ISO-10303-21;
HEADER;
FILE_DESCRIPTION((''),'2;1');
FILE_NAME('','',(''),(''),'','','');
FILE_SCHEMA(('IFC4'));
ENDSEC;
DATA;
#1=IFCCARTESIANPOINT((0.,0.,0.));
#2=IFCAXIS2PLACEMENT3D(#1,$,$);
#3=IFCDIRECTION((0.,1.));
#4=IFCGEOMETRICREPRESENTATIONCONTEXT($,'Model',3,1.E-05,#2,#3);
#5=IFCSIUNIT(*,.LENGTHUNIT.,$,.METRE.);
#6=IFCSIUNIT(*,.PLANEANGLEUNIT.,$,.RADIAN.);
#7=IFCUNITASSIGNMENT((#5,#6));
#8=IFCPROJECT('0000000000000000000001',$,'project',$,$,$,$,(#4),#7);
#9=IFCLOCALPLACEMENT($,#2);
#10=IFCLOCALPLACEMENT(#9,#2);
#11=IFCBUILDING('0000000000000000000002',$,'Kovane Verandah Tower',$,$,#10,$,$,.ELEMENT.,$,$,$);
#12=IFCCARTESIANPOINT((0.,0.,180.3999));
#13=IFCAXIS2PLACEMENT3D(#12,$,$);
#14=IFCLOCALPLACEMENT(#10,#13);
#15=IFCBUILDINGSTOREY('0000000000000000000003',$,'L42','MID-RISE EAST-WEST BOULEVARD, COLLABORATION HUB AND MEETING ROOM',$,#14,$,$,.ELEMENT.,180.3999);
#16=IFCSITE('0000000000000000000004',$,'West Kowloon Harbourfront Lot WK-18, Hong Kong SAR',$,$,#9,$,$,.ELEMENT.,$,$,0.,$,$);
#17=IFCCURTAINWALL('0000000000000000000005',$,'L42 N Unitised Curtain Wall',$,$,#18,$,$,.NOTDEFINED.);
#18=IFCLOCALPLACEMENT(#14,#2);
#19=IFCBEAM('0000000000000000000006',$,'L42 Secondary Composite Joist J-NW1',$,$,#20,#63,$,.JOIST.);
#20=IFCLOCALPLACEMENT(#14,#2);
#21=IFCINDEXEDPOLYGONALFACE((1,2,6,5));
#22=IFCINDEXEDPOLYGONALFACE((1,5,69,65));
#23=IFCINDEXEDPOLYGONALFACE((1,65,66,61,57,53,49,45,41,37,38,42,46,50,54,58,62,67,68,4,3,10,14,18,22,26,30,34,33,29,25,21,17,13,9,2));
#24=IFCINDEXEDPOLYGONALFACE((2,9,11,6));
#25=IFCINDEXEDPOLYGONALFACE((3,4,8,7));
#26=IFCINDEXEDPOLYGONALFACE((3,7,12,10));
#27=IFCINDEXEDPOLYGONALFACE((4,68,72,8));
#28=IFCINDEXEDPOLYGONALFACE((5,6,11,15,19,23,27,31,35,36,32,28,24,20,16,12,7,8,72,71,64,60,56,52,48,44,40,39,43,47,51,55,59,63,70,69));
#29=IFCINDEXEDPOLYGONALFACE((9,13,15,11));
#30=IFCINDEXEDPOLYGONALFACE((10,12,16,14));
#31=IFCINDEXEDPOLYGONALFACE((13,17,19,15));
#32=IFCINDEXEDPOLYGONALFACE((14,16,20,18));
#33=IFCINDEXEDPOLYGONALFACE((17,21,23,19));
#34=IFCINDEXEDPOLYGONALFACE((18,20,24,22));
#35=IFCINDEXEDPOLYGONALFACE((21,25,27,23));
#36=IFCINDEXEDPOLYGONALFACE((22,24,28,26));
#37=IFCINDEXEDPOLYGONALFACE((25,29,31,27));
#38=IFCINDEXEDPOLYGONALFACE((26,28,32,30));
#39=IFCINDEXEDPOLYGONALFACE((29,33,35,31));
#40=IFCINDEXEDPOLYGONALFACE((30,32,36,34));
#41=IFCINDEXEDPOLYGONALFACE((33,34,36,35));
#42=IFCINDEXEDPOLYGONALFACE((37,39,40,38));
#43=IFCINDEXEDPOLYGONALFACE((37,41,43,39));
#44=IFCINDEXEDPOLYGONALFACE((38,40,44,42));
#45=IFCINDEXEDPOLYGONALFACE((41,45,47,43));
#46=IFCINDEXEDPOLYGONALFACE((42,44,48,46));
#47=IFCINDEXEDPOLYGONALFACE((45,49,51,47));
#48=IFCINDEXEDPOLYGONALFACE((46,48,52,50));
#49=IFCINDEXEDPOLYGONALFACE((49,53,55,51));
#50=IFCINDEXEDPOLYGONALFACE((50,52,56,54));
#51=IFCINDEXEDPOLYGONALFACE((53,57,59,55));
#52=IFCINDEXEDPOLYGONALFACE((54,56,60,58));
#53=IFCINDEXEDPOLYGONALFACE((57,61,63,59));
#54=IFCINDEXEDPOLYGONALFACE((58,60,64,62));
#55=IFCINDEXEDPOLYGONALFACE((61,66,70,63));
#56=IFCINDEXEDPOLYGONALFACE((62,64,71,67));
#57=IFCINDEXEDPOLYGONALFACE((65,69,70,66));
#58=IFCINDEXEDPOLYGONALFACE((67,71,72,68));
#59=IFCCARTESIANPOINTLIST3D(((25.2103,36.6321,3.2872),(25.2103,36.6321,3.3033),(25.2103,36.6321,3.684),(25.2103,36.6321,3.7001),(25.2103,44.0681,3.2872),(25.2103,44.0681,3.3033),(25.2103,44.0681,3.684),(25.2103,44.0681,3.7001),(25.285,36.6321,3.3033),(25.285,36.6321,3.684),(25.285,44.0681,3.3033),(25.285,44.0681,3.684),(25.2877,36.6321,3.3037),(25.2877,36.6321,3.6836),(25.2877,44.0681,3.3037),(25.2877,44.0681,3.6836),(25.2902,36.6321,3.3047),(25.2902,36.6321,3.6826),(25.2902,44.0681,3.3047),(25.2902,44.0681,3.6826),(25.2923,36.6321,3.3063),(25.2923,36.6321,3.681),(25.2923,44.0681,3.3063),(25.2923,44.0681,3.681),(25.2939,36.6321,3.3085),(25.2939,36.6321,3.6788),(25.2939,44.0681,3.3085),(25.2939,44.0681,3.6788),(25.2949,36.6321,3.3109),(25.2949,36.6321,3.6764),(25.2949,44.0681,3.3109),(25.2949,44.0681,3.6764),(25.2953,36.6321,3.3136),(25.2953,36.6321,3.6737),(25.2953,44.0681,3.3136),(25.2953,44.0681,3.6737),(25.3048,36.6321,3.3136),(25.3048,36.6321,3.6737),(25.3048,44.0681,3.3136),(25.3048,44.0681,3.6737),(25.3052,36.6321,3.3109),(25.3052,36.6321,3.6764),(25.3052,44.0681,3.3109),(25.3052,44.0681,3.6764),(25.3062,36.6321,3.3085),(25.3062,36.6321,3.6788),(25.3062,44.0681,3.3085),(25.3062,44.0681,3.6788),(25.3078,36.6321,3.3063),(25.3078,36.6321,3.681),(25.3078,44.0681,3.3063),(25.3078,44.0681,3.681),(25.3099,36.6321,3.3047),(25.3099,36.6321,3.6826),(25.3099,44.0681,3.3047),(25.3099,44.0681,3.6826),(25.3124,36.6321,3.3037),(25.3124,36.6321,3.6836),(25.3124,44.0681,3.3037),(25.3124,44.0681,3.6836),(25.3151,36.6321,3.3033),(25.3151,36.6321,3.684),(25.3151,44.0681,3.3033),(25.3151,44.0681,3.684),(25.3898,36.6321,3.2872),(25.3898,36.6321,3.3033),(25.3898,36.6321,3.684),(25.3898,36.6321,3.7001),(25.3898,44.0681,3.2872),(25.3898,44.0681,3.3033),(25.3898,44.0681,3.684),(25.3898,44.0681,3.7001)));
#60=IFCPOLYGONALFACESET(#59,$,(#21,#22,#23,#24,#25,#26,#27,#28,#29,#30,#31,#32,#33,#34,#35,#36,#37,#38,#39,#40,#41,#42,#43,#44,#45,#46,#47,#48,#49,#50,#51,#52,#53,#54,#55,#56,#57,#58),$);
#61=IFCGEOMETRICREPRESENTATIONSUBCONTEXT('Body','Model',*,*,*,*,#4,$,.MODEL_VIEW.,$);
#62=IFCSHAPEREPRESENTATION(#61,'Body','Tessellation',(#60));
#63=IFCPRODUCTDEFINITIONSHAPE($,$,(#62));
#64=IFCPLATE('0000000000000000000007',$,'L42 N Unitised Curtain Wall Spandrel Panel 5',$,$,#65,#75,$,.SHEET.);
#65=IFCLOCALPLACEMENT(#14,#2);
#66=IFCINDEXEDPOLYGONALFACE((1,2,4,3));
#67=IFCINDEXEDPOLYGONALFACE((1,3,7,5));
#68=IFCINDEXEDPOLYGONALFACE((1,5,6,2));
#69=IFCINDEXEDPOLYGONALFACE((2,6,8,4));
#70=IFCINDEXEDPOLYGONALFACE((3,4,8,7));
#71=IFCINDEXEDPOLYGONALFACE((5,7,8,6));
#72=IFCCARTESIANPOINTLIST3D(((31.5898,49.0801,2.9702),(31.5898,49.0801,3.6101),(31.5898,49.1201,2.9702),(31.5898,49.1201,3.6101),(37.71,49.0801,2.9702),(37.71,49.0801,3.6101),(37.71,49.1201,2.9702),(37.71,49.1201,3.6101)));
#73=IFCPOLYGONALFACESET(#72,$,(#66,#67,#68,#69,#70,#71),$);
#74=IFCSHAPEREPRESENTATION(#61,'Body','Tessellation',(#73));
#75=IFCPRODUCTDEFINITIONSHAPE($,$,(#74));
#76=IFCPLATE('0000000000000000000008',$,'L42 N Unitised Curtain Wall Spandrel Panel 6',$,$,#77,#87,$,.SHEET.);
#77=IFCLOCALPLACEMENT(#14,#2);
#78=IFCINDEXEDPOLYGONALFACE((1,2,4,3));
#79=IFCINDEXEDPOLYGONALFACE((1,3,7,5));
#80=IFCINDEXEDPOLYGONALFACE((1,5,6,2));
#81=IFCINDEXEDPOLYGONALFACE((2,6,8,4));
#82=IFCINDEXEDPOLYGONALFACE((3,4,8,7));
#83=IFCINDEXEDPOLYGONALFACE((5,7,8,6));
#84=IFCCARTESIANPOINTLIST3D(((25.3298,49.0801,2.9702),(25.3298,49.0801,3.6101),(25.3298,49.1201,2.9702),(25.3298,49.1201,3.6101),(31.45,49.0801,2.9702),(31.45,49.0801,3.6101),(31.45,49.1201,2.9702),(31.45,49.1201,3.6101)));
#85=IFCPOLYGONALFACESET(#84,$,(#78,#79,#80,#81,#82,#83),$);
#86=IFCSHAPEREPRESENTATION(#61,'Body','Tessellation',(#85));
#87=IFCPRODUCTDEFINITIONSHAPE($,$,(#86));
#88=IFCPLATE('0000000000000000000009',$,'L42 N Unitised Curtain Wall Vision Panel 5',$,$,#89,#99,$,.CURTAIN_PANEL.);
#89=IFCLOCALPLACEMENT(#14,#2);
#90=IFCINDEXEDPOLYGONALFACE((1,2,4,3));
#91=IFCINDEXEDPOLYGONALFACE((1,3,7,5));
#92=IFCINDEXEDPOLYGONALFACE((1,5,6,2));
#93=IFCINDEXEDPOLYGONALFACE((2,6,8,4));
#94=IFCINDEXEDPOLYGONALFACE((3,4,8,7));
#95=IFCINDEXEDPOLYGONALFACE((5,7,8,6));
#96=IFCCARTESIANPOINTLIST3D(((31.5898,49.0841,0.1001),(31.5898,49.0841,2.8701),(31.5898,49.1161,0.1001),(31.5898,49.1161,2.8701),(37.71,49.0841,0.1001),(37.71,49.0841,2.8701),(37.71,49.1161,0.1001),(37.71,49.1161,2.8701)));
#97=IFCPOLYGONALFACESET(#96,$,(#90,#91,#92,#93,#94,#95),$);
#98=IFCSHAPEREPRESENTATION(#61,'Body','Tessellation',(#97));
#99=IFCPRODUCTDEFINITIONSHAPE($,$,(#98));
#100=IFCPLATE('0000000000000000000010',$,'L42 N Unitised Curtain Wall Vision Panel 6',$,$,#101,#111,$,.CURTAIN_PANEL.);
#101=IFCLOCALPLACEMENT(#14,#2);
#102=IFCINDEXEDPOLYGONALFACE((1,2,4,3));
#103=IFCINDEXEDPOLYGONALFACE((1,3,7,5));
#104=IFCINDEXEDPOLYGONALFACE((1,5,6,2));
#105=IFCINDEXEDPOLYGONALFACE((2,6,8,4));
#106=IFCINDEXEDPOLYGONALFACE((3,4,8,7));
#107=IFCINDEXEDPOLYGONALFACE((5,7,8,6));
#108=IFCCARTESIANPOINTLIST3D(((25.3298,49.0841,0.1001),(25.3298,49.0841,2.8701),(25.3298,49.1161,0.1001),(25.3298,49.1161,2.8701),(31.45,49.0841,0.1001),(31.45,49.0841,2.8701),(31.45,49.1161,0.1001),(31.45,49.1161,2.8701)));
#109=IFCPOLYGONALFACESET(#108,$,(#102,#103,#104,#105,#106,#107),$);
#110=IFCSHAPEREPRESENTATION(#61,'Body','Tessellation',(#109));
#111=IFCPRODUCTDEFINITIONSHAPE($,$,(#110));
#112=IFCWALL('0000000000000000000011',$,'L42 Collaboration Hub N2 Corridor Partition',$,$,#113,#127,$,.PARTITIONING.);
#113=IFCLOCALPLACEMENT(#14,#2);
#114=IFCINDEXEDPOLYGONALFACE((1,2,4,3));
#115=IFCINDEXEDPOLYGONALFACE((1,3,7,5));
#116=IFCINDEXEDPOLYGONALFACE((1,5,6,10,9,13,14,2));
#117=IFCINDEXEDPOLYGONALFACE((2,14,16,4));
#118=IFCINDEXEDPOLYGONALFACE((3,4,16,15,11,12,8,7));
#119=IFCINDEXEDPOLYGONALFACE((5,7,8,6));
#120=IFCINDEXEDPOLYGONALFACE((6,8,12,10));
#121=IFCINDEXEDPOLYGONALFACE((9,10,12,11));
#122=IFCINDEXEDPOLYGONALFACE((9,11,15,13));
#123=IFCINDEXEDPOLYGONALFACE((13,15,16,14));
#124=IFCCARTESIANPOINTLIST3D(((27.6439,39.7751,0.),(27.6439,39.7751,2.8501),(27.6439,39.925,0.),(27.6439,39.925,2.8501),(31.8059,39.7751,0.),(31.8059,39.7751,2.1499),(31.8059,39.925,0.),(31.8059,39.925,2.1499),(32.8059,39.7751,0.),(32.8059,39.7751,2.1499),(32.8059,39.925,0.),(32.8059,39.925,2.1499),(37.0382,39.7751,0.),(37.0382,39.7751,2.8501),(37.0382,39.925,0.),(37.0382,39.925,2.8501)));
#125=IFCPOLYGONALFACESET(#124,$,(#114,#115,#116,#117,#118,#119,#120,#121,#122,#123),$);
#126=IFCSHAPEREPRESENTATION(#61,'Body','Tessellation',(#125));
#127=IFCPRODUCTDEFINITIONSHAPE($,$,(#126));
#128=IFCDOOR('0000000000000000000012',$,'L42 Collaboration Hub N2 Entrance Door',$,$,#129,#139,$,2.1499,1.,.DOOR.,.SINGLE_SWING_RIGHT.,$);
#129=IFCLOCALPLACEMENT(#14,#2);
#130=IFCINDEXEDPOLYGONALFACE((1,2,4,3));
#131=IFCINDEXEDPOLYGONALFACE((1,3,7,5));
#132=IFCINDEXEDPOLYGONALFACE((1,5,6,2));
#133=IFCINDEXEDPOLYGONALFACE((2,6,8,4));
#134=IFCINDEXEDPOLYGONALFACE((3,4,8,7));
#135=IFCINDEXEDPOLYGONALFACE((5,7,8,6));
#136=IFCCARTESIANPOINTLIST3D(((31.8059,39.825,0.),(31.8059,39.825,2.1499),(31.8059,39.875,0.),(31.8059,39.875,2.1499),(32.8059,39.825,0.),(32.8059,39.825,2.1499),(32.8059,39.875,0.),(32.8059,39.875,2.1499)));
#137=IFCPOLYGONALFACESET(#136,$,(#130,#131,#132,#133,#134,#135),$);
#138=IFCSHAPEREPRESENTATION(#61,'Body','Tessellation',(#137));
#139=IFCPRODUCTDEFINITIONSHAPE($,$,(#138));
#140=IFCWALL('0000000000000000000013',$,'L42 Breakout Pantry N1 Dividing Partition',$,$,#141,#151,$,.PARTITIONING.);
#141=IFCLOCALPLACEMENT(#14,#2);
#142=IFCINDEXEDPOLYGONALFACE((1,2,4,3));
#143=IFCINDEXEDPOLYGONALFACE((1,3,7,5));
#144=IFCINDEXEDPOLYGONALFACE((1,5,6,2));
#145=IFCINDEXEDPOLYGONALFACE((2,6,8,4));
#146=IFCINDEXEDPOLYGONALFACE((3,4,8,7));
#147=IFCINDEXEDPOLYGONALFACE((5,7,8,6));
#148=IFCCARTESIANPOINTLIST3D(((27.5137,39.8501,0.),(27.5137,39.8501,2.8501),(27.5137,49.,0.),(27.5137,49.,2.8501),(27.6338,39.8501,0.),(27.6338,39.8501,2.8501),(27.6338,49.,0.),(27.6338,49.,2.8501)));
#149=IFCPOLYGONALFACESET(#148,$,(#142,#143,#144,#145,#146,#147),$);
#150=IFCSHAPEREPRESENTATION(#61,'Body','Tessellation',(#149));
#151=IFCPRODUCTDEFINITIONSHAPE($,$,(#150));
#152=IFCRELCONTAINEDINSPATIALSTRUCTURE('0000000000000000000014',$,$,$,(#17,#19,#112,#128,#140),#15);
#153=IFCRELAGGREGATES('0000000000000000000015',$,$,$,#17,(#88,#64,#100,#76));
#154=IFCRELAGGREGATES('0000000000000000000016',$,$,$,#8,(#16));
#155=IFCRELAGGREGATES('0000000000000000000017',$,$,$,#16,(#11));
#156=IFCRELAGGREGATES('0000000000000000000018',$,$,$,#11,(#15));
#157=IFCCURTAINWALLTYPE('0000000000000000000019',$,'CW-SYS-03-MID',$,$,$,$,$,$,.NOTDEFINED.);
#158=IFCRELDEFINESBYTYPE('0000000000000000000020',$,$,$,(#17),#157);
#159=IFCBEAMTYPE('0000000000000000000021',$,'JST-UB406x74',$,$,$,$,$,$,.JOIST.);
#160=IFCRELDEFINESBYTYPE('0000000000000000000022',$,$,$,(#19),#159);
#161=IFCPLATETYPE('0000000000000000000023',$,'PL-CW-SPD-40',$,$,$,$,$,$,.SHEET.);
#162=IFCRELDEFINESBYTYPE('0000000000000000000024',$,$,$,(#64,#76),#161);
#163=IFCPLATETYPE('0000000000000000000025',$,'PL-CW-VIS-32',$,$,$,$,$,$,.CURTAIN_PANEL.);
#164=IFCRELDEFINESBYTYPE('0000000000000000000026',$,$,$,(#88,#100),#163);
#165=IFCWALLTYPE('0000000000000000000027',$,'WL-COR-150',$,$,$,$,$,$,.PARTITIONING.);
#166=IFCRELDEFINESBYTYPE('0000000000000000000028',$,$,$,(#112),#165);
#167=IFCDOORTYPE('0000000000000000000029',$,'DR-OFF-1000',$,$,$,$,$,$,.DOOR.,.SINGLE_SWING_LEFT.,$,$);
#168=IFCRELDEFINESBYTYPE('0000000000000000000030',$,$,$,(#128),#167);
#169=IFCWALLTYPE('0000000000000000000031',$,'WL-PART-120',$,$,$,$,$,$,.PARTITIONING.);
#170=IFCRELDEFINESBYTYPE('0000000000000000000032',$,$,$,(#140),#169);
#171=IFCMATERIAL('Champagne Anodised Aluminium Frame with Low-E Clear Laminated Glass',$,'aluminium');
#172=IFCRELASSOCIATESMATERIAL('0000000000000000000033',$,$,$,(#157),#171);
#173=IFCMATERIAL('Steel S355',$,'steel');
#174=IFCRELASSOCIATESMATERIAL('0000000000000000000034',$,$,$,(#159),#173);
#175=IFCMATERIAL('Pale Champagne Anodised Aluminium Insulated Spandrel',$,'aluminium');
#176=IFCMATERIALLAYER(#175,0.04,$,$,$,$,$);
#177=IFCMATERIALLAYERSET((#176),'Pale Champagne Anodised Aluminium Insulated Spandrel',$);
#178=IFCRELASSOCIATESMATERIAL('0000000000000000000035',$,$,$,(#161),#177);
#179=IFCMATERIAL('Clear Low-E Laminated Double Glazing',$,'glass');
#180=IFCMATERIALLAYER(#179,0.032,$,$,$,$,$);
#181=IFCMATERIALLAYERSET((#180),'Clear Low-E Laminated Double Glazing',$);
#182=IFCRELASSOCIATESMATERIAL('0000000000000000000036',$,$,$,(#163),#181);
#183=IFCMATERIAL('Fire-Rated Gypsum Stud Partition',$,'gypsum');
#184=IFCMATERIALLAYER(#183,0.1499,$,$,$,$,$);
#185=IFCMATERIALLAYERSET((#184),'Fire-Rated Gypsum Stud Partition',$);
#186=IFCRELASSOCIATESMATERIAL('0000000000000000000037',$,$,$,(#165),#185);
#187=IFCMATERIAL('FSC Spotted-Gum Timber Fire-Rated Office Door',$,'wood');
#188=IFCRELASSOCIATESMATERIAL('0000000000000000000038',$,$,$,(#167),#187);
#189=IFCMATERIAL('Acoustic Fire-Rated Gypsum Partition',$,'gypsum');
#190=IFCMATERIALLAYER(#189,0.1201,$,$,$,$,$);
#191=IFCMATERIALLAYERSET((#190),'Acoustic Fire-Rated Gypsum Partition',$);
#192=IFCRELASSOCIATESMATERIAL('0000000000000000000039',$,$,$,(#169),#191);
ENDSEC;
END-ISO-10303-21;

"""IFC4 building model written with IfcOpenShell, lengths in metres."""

from ifc_helpers import new_model, si_unit, direction, frame, frame_2d, origin, origin_2d, place, context, subcontext, project, spatial, rectangle, i_section, extrude, material, layer, layer_set, material_profile, profile_set, type_object, element, fill, aggregate, save


model = new_model("IFC4")

# Units and contexts
model_context = context("Model", 3, precision=1e-05, world=origin(), true_north=direction((0.0, 1.0)))
body_context = subcontext(model_context, "Body", "Model", "MODEL_VIEW")
ifc_project = project(units=[si_unit("LENGTHUNIT", "METRE"), si_unit("PLANEANGLEUNIT", "RADIAN")], contexts=[model_context])

# Site, building, storey
site_placement = place(None, origin())
site = spatial("IfcSite", under=ifc_project, at=site_placement, Name="West Kowloon Harbourfront Lot WK-18, Hong Kong SAR", CompositionType="ELEMENT", RefElevation=0.0)
building_placement = place(site_placement, origin())
building = spatial("IfcBuilding", under=site, at=building_placement, Name="Kovane Verandah Tower", CompositionType="ELEMENT")
storey_placement = place(building_placement, frame((0.0, 0.0, 180.3999)))
storey = spatial("IfcBuildingStorey", under=building, at=storey_placement, Name="L42", Description="MID-RISE EAST-WEST BOULEVARD, COLLABORATION HUB AND MEETING ROOM", CompositionType="ELEMENT", Elevation=180.3999)

# Shared definitions
ifc_material_1 = material(Name="Steel S355", Category="steel")

# Curtain wall
ifc_material_2 = material(Name="Champagne Anodised Aluminium Frame with Low-E Clear Laminated Glass", Category="aluminium")
curtain_wall_type = type_object("IfcCurtainWallType", Name="CW-SYS-03-MID", PredefinedType="NOTDEFINED", material=ifc_material_2)
curtain_wall_placement = place(storey_placement, origin())
curtain_wall = element("IfcCurtainWall", 1, at=curtain_wall_placement, inside=storey, type_object=curtain_wall_type, Name="L42 N Unitised Curtain Wall", PredefinedType="NOTDEFINED")

# Beam
ifc_material_profile_1 = material_profile(ifc_material_1, i_section(OverallWidth=0.1794, OverallDepth=0.4128, WebThickness=0.0095, FlangeThickness=0.0161, FilletRadius=0.0103, at=origin_2d()), Name="UB406x178x74")
ifc_profile_set_1 = profile_set([ifc_material_profile_1], Name="Steel S355")
beam_type_1 = type_object("IfcBeamType", Name="JST-UB406x74", PredefinedType="JOIST", material=ifc_profile_set_1)
beam_1_placement = place(storey_placement, frame((25.3, 36.6321, 3.4937), z_axis=(0.0, 1.0, 0.0), x_axis=(-1.0, 0.0, 0.0)))
element("IfcBeam", 2, at=beam_1_placement, inside=storey, type_object=beam_type_1, Name="L42 Secondary Composite Joist J-NW1", PredefinedType="JOIST", context=body_context, shape_type="SweptSolid", body=[
    extrude(i_section(OverallWidth=0.1794, OverallDepth=0.4128, WebThickness=0.0095, FlangeThickness=0.0161, FilletRadius=0.0103, at=origin_2d()), origin(), (0.0, 0.0, 1.0), 7.436),
])

# Plates
ifc_material_3 = material(Name="Pale Champagne Anodised Aluminium Insulated Spandrel", Category="aluminium")
ifc_layer_1 = layer(ifc_material_3, 0.04)
ifc_layer_set_1 = layer_set([ifc_layer_1], Name="Pale Champagne Anodised Aluminium Insulated Spandrel")
plate_type_1 = type_object("IfcPlateType", Name="PL-CW-SPD-40", PredefinedType="SHEET", material=ifc_layer_set_1)
plate_1_placement = place(storey_placement, frame((34.6499, 49.1001, 2.9702), z_axis=(0.0, 0.0, 1.0), x_axis=(-1.0, 0.0, 0.0)))
plate_1 = element("IfcPlate", 3, at=plate_1_placement, type_object=plate_type_1, Name="L42 N Unitised Curtain Wall Spandrel Panel 5", PredefinedType="SHEET", context=body_context, shape_type="SweptSolid", body=[
    extrude(rectangle(XDim=6.1201, YDim=0.04, at=origin_2d()), origin(), (0.0, 0.0, 1.0), 0.6399),
])
plate_2_placement = place(storey_placement, frame((28.3899, 49.1001, 2.9702), z_axis=(0.0, 0.0, 1.0), x_axis=(-1.0, 0.0, 0.0)))
plate_2 = element("IfcPlate", 4, at=plate_2_placement, type_object=plate_type_1, Name="L42 N Unitised Curtain Wall Spandrel Panel 6", PredefinedType="SHEET", context=body_context, shape_type="SweptSolid", body=[
    extrude(rectangle(XDim=6.1201, YDim=0.04, at=origin_2d()), origin(), (0.0, 0.0, 1.0), 0.6399),
])
ifc_material_4 = material(Name="Clear Low-E Laminated Double Glazing", Category="glass")
ifc_layer_2 = layer(ifc_material_4, 0.032)
ifc_layer_set_2 = layer_set([ifc_layer_2], Name="Clear Low-E Laminated Double Glazing")
plate_type_2 = type_object("IfcPlateType", Name="PL-CW-VIS-32", PredefinedType="CURTAIN_PANEL", material=ifc_layer_set_2)
plate_3_placement = place(storey_placement, frame((34.6499, 49.1001, 0.1001), z_axis=(0.0, 0.0, 1.0), x_axis=(-1.0, 0.0, 0.0)))
plate_3 = element("IfcPlate", 5, at=plate_3_placement, type_object=plate_type_2, Name="L42 N Unitised Curtain Wall Vision Panel 5", PredefinedType="CURTAIN_PANEL", context=body_context, shape_type="SweptSolid", body=[
    extrude(rectangle(XDim=6.1201, YDim=0.032, at=origin_2d()), origin(), (0.0, 0.0, 1.0), 2.77),
])
plate_4_placement = place(storey_placement, frame((28.3899, 49.1001, 0.1001), z_axis=(0.0, 0.0, 1.0), x_axis=(-1.0, 0.0, 0.0)))
plate_4 = element("IfcPlate", 6, at=plate_4_placement, type_object=plate_type_2, Name="L42 N Unitised Curtain Wall Vision Panel 6", PredefinedType="CURTAIN_PANEL", context=body_context, shape_type="SweptSolid", body=[
    extrude(rectangle(XDim=6.1201, YDim=0.032, at=origin_2d()), origin(), (0.0, 0.0, 1.0), 2.77),
])
aggregate(curtain_wall, [plate_3, plate_1, plate_4, plate_2])

# Wall, opening, door
ifc_material_5 = material(Name="Fire-Rated Gypsum Stud Partition", Category="gypsum")
ifc_layer_3 = layer(ifc_material_5, 0.1499)
ifc_layer_set_3 = layer_set([ifc_layer_3], Name="Fire-Rated Gypsum Stud Partition")
wall_type_1 = type_object("IfcWallType", Name="WL-COR-150", PredefinedType="PARTITIONING", material=ifc_layer_set_3)
wall_1_placement = place(storey_placement, frame((27.6438, 39.8501, 0.0), z_axis=(0.0, 0.0, 1.0), x_axis=(1.0, 0.0, 0.0)))
wall_1 = element("IfcWall", 7, at=wall_1_placement, inside=storey, type_object=wall_type_1, Name="L42 Collaboration Hub N2 Corridor Partition", PredefinedType="PARTITIONING", context=body_context, shape_type="SweptSolid", body=[
    extrude(rectangle(XDim=9.3943, YDim=0.1499, at=frame_2d((4.6973, 0.0))), origin(), (0.0, 0.0, 1.0), 2.8501),
])
opening_placement = place(wall_1_placement, frame((4.1621, 0.0, 0.0)))
opening = element("IfcOpeningElement", 8, at=opening_placement, cuts=wall_1, PredefinedType="OPENING", context=body_context, shape_type="SweptSolid", body=[
    extrude(rectangle(XDim=1.0, YDim=2.1499, at=frame_2d((0.5, 1.075))), frame((0.0, 0.075, 0.0), z_axis=(0.0, -1.0, 0.0), x_axis=(1.0, 0.0, 0.0)), (0.0, 0.0, 1.0), 0.1499),
])
ifc_material_6 = material(Name="FSC Spotted-Gum Timber Fire-Rated Office Door", Category="wood")
door_type = type_object("IfcDoorType", Name="DR-OFF-1000", OperationType="SINGLE_SWING_LEFT", PredefinedType="DOOR", material=ifc_material_6)
door_placement = place(opening_placement, origin())
door = element("IfcDoor", 9, at=door_placement, inside=storey, type_object=door_type, Name="L42 Collaboration Hub N2 Entrance Door", OperationType="SINGLE_SWING_RIGHT", OverallHeight=2.1499, OverallWidth=1.0, PredefinedType="DOOR", context=body_context, shape_type="SweptSolid", body=[
    extrude(rectangle(XDim=1.0, YDim=2.1499, at=frame_2d((0.5, 1.075))), frame((0.0, 0.0249, 0.0), z_axis=(0.0, -1.0, 0.0), x_axis=(1.0, 0.0, 0.0)), (0.0, 0.0, 1.0), 0.05),
])
fill(opening, door)

# Wall
ifc_material_7 = material(Name="Acoustic Fire-Rated Gypsum Partition", Category="gypsum")
ifc_layer_4 = layer(ifc_material_7, 0.1201)
ifc_layer_set_4 = layer_set([ifc_layer_4], Name="Acoustic Fire-Rated Gypsum Partition")
wall_type_2 = type_object("IfcWallType", Name="WL-PART-120", PredefinedType="PARTITIONING", material=ifc_layer_set_4)
wall_2_placement = place(storey_placement, frame((27.5737, 39.8501, 0.0), z_axis=(0.0, 0.0, 1.0), x_axis=(0.0, 1.0, 0.0)))
element("IfcWall", 10, at=wall_2_placement, inside=storey, type_object=wall_type_2, Name="L42 Breakout Pantry N1 Dividing Partition", PredefinedType="PARTITIONING", context=body_context, shape_type="SweptSolid", body=[
    extrude(rectangle(XDim=9.1499, YDim=0.1201, at=frame_2d((4.575, 0.0))), origin(), (0.0, 0.0, 1.0), 2.8501),
])

save(model, "model.ifc")
